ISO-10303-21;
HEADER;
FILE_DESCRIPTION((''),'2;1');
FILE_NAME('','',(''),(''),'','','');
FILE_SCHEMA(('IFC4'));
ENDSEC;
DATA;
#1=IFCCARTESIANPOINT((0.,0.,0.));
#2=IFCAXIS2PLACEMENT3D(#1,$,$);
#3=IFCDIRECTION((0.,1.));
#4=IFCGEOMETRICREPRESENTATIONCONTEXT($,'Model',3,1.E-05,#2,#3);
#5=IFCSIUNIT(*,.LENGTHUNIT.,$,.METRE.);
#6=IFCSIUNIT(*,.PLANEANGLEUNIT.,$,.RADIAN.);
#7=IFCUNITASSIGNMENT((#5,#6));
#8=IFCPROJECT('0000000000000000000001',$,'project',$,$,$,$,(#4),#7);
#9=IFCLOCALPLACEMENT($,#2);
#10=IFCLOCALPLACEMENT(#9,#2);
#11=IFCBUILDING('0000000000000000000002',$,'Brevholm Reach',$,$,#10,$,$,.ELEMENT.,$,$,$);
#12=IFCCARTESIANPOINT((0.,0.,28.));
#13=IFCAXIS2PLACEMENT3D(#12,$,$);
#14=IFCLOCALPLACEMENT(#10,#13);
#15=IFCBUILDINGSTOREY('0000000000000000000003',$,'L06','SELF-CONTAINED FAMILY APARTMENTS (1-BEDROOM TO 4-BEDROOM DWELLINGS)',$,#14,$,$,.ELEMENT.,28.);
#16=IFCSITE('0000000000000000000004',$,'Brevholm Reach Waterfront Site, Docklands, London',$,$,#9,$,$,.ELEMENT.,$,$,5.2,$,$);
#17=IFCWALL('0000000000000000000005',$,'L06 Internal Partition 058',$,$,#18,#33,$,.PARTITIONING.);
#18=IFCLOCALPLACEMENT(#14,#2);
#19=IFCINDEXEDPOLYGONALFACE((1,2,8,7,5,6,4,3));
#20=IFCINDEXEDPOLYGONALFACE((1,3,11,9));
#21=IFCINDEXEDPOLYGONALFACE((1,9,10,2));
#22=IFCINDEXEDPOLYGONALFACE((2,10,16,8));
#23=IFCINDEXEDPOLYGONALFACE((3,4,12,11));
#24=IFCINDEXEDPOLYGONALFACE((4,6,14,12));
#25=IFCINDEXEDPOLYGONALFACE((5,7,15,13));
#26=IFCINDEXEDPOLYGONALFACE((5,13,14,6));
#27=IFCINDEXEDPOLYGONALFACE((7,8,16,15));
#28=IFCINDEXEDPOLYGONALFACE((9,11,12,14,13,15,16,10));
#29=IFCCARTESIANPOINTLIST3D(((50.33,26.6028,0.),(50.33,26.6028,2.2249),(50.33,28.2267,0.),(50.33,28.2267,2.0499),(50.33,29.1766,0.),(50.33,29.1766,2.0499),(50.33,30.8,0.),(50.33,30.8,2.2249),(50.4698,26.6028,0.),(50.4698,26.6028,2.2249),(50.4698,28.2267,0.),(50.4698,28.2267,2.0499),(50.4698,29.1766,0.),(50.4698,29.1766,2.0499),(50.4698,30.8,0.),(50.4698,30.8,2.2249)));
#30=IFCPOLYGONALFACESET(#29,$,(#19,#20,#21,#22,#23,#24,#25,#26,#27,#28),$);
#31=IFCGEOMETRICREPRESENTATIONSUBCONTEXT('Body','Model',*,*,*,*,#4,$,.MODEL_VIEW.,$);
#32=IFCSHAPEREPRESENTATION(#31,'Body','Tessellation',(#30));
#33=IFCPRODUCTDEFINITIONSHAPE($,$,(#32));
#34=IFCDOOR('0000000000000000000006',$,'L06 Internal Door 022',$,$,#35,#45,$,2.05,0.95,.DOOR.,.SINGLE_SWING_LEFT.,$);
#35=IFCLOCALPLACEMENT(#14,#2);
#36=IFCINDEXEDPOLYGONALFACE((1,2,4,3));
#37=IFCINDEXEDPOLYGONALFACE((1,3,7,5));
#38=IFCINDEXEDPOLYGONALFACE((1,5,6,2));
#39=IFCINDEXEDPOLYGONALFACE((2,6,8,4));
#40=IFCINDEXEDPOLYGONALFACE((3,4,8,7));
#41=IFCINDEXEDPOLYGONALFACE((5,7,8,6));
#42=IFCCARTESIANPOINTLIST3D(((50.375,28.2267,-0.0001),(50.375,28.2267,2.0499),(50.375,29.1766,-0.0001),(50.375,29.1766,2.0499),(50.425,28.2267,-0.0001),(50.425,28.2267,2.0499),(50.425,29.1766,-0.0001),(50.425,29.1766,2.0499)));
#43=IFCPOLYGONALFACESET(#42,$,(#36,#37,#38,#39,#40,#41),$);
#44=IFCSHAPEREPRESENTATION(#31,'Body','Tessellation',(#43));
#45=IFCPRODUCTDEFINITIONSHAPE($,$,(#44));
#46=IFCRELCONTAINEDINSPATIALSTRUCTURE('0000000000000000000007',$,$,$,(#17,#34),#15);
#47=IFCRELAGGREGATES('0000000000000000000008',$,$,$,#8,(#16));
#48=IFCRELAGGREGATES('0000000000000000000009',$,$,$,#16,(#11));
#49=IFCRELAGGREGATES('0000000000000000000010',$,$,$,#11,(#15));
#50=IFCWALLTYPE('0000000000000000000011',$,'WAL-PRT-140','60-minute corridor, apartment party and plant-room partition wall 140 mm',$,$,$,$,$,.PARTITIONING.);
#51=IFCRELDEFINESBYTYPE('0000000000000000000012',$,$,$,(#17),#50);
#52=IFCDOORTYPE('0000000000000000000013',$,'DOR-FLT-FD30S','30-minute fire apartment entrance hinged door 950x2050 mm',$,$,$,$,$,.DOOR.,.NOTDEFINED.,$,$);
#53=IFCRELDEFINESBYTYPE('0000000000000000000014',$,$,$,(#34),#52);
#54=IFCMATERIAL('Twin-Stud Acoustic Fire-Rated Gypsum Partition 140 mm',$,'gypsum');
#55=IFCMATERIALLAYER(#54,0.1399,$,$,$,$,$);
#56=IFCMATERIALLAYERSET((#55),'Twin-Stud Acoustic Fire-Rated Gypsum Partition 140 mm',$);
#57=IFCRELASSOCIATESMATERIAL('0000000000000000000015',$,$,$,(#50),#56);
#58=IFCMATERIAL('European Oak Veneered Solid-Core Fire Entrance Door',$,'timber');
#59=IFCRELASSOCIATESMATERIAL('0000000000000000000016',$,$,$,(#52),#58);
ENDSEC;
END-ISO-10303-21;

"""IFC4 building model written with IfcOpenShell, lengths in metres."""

from ifc_helpers import new_model, si_unit, direction, frame, frame_2d, origin, place, context, subcontext, project, spatial, rectangle, extrude, material, layer, layer_set, type_object, element, fill, save


model = new_model("IFC4")

# Units and contexts
model_context = context("Model", 3, precision=1e-05, world=origin(), true_north=direction((0.0, 1.0)))
body_context = subcontext(model_context, "Body", "Model", "MODEL_VIEW")
ifc_project = project(units=[si_unit("LENGTHUNIT", "METRE"), si_unit("PLANEANGLEUNIT", "RADIAN")], contexts=[model_context])

# Site, building, storey
site_placement = place(None, origin())
site = spatial("IfcSite", under=ifc_project, at=site_placement, Name="Brevholm Reach Waterfront Site, Docklands, London", CompositionType="ELEMENT", RefElevation=5.2)
building_placement = place(site_placement, origin())
building = spatial("IfcBuilding", under=site, at=building_placement, Name="Brevholm Reach", CompositionType="ELEMENT")
storey_placement = place(building_placement, frame((0.0, 0.0, 28.0)))
storey = spatial("IfcBuildingStorey", under=building, at=storey_placement, Name="L06", Description="SELF-CONTAINED FAMILY APARTMENTS (1-BEDROOM TO 4-BEDROOM DWELLINGS)", CompositionType="ELEMENT", Elevation=28.0)

# Shared definitions
ifc_material_1 = material(Name="Twin-Stud Acoustic Fire-Rated Gypsum Partition 140 mm", Category="gypsum")
ifc_layer_1 = layer(ifc_material_1, 0.1399)
ifc_layer_set_1 = layer_set([ifc_layer_1], Name="Twin-Stud Acoustic Fire-Rated Gypsum Partition 140 mm")
wall_type_1 = type_object("IfcWallType", Name="WAL-PRT-140", Description="60-minute corridor, apartment party and plant-room partition wall 140 mm", PredefinedType="PARTITIONING", material=ifc_layer_set_1)

# Wall, opening, door
wall_1_placement = place(storey_placement, frame((50.3999, 26.6028, 0.0), z_axis=(0.0, 0.0, 1.0), x_axis=(0.0, 1.0, 0.0)))
wall_1 = element("IfcWall", 1, at=wall_1_placement, inside=storey, type_object=wall_type_1, Name="L06 Internal Partition 058", PredefinedType="PARTITIONING", context=body_context, shape_type="SweptSolid", body=[
    extrude(rectangle(XDim=4.1973, YDim=0.1399, at=frame_2d((2.0986, 0.0))), origin(), (0.0, 0.0, 1.0), 2.2249),
])
opening_1_placement = place(wall_1_placement, frame((1.6238, 0.0, 0.0)))
opening_1 = element("IfcOpeningElement", 2, at=opening_1_placement, cuts=wall_1, PredefinedType="OPENING", context=body_context, shape_type="SweptSolid", body=[
    extrude(rectangle(XDim=0.95, YDim=2.05, at=frame_2d((0.4751, 1.0249))), frame((0.0, 0.0798, 0.0), z_axis=(0.0, -1.0, 0.0), x_axis=(1.0, 0.0, 0.0)), (0.0, 0.0, 1.0), 0.1599),
])
ifc_material_2 = material(Name="European Oak Veneered Solid-Core Fire Entrance Door", Category="timber")
door_type_1 = type_object("IfcDoorType", Name="DOR-FLT-FD30S", Description="30-minute fire apartment entrance hinged door 950x2050 mm", OperationType="NOTDEFINED", PredefinedType="DOOR", material=ifc_material_2)
door_1_placement = place(opening_1_placement, origin())
door_1 = element("IfcDoor", 3, at=door_1_placement, inside=storey, type_object=door_type_1, Name="L06 Internal Door 022", OperationType="SINGLE_SWING_LEFT", OverallHeight=2.05, OverallWidth=0.95, PredefinedType="DOOR", context=body_context, shape_type="SweptSolid", body=[
    extrude(rectangle(XDim=0.95, YDim=2.05, at=frame_2d((0.4751, 1.0249))), frame((0.0, 0.0249, 0.0), z_axis=(0.0, -1.0, 0.0), x_axis=(1.0, 0.0, 0.0)), (0.0, 0.0, 1.0), 0.05),
])
fill(opening_1, door_1)

save(model, "model.ifc")
